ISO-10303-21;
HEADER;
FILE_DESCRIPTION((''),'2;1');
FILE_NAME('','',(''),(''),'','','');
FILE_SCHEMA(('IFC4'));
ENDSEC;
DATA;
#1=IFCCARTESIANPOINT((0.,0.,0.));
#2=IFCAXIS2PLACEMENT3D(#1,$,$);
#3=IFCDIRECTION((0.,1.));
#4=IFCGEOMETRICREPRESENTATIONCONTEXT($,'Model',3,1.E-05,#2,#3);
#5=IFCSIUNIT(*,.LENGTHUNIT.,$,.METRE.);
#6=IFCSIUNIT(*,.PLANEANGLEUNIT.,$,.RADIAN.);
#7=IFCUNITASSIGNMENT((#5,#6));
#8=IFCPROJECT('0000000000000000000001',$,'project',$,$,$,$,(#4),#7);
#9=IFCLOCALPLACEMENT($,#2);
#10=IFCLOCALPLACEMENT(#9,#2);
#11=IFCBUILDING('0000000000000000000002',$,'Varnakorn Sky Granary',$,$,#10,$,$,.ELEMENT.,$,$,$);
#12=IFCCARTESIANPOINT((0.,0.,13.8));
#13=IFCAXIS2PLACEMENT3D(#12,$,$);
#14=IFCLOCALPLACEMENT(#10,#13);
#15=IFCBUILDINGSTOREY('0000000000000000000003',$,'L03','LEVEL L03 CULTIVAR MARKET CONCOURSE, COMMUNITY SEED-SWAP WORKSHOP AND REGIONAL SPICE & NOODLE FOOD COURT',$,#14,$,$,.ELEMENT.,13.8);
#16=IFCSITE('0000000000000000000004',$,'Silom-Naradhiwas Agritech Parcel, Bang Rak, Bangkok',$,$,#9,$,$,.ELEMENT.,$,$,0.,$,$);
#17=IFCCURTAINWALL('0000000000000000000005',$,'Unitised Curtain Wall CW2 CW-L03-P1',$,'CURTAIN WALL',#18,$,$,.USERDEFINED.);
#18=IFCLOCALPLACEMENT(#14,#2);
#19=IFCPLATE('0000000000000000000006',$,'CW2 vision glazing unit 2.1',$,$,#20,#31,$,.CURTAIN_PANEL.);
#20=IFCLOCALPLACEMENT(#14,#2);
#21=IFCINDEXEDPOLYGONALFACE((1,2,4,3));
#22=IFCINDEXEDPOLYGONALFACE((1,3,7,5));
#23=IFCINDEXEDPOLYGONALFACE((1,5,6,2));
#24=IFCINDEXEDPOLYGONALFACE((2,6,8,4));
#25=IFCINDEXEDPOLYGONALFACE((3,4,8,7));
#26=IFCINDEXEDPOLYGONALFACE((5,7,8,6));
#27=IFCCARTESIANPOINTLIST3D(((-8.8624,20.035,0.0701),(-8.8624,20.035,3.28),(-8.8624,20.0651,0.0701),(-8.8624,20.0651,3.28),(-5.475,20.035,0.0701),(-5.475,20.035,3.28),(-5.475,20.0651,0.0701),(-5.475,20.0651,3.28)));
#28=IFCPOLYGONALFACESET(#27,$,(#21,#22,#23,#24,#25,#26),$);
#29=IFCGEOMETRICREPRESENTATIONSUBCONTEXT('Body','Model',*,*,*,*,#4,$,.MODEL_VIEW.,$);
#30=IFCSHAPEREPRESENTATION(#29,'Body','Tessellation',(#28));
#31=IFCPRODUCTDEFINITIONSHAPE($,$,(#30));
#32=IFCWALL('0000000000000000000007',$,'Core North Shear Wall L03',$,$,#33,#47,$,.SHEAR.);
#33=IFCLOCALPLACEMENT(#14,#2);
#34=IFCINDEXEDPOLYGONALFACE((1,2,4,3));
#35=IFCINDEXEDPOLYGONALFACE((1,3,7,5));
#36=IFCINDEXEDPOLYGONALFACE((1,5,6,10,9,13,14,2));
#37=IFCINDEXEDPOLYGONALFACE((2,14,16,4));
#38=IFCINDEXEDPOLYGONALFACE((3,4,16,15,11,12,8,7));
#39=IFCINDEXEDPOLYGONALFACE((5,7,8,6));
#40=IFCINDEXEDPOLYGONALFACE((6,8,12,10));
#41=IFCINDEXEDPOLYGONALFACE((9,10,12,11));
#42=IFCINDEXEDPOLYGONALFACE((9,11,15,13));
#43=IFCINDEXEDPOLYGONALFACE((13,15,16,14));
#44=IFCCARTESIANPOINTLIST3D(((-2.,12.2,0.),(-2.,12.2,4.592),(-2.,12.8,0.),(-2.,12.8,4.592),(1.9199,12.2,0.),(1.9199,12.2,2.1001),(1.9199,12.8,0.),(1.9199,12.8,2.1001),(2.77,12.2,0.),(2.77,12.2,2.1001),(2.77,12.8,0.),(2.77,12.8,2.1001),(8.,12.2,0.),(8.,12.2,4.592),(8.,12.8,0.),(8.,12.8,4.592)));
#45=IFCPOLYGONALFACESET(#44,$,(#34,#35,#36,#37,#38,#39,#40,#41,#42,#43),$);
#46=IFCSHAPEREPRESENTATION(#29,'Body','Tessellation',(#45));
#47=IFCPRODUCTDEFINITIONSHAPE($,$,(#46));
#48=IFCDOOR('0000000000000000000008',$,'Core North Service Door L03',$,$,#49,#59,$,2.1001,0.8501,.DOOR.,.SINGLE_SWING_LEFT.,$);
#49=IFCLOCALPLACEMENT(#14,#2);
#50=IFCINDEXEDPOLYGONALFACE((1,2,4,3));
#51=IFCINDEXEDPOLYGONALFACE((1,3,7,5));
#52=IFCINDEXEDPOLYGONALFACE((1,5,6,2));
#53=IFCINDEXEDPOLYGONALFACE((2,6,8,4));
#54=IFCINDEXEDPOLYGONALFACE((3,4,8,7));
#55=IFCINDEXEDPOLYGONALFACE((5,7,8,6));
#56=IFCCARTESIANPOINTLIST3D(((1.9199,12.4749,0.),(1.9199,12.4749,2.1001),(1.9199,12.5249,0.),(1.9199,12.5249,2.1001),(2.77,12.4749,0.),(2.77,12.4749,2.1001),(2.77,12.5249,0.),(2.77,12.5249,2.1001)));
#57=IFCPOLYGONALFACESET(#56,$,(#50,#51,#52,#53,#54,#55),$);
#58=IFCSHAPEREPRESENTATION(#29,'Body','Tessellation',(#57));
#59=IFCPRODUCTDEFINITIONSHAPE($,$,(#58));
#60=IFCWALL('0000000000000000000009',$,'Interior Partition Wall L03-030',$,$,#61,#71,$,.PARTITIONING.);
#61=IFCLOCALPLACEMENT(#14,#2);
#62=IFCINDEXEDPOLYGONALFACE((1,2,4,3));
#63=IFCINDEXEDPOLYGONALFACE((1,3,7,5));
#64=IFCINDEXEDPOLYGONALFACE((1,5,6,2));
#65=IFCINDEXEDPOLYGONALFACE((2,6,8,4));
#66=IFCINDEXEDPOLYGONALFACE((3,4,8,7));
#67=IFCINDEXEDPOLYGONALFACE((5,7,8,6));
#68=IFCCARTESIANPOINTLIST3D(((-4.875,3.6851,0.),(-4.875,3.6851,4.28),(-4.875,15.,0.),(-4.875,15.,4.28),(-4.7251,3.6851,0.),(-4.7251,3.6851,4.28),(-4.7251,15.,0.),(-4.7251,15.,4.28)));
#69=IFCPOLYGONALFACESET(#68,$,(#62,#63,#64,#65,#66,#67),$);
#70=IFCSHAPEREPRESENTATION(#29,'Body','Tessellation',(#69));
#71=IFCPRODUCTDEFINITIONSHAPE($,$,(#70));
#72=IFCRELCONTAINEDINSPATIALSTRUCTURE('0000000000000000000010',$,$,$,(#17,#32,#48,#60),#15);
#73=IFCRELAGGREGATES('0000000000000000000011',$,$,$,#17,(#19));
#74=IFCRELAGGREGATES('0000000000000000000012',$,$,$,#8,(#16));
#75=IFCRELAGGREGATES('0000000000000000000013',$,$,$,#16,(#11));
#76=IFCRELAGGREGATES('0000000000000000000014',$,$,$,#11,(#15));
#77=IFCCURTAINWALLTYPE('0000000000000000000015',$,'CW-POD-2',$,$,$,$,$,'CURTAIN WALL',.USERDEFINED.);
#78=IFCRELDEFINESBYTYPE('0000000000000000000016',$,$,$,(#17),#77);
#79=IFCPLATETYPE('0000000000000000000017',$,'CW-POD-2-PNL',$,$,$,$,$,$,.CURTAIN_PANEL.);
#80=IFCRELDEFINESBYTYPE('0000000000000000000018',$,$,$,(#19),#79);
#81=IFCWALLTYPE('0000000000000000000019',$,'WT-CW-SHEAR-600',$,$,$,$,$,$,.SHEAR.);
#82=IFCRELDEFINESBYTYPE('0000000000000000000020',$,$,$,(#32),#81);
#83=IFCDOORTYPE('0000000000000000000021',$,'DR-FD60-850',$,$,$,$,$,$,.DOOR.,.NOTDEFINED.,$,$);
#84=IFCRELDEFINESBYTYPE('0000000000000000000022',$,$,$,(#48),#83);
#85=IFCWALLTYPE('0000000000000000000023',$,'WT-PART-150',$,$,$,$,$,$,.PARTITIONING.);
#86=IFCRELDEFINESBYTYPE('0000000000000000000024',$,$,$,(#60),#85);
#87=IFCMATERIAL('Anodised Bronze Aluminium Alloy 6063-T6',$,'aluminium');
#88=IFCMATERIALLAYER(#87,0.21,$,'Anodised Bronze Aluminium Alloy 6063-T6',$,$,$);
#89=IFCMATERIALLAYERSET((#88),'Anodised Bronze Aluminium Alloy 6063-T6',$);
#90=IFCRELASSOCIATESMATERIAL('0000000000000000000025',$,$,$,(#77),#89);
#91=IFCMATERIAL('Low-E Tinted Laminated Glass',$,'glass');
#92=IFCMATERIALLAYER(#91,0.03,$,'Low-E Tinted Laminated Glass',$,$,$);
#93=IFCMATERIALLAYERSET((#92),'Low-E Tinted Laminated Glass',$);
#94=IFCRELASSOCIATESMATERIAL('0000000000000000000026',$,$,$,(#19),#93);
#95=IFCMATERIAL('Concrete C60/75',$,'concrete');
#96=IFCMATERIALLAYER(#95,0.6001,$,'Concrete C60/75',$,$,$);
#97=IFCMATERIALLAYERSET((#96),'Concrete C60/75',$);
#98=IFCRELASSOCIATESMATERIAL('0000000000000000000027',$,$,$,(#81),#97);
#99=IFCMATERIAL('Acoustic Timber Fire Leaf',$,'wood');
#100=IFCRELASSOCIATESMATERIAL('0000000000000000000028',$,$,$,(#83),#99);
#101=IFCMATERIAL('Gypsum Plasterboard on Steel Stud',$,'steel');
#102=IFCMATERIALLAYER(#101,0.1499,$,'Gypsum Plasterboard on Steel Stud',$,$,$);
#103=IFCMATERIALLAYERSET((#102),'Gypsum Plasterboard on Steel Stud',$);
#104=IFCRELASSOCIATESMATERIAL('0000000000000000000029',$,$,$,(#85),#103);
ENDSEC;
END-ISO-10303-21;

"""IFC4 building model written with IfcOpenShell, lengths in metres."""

from ifc_helpers import new_model, si_unit, direction, frame, frame_2d, origin, origin_2d, place, context, subcontext, project, spatial, rectangle, extrude, source, transform, mapped, material, layer, layer_set, type_object, type_shapes, element, fill, aggregate, save


model = new_model("IFC4")

# Units and contexts
model_context = context("Model", 3, precision=1e-05, world=origin(), true_north=direction((0.0, 1.0)))
body_context = subcontext(model_context, "Body", "Model", "MODEL_VIEW")
ifc_project = project(units=[si_unit("LENGTHUNIT", "METRE"), si_unit("PLANEANGLEUNIT", "RADIAN")], contexts=[model_context])

# Site, building, storey
site_placement = place(None, origin())
site = spatial("IfcSite", under=ifc_project, at=site_placement, Name="Silom-Naradhiwas Agritech Parcel, Bang Rak, Bangkok", CompositionType="ELEMENT", RefElevation=0.0)
building_placement = place(site_placement, origin())
building = spatial("IfcBuilding", under=site, at=building_placement, Name="Varnakorn Sky Granary", CompositionType="ELEMENT")
storey_placement = place(building_placement, frame((0.0, 0.0, 13.8)))
storey = spatial("IfcBuildingStorey", under=building, at=storey_placement, Name="L03", Description="LEVEL L03 CULTIVAR MARKET CONCOURSE, COMMUNITY SEED-SWAP WORKSHOP AND REGIONAL SPICE & NOODLE FOOD COURT", CompositionType="ELEMENT", Elevation=13.8)

# Shared definitions
ifc_material_1 = material(Name="Concrete C60/75", Category="concrete")

# Curtain wall, plate
ifc_material_2 = material(Name="Anodised Bronze Aluminium Alloy 6063-T6", Category="aluminium")
ifc_layer_1 = layer(ifc_material_2, 0.21, Name="Anodised Bronze Aluminium Alloy 6063-T6")
ifc_layer_set_1 = layer_set([ifc_layer_1], Name="Anodised Bronze Aluminium Alloy 6063-T6")
curtain_wall_type = type_object("IfcCurtainWallType", Name="CW-POD-2", ElementType="CURTAIN WALL", PredefinedType="USERDEFINED", material=ifc_layer_set_1)
curtain_wall_placement = place(storey_placement, origin())
curtain_wall = element("IfcCurtainWall", 1, at=curtain_wall_placement, inside=storey, type_object=curtain_wall_type, Name="Unitised Curtain Wall CW2 CW-L03-P1", ObjectType="CURTAIN WALL", PredefinedType="USERDEFINED")
ifc_material_3 = material(Name="Low-E Tinted Laminated Glass", Category="glass")
ifc_layer_2 = layer(ifc_material_3, 0.03, Name="Low-E Tinted Laminated Glass")
ifc_layer_set_2 = layer_set([ifc_layer_2], Name="Low-E Tinted Laminated Glass")
plate_type = type_object("IfcPlateType", Name="CW-POD-2-PNL", PredefinedType="CURTAIN_PANEL")
shared_shape = source(origin(), body_context, "Body", "SweptSolid", [
    extrude(rectangle(XDim=3.3875, YDim=0.03, at=origin_2d()), origin(), (0.0, 0.0, 1.0), 3.21),
])
type_shapes(plate_type, [shared_shape])
plate_1_placement = place(storey_placement, frame((-7.1687, 20.05, 0.0701), z_axis=(0.0, 0.0, 1.0), x_axis=(1.0, 0.0, 0.0)))
plate_1 = element("IfcPlate", 2, at=plate_1_placement, type_object=plate_type, material=ifc_layer_set_2, Name="CW2 vision glazing unit 2.1", PredefinedType="CURTAIN_PANEL", context=body_context, shape_type="MappedRepresentation", body=[
    mapped(shared_shape, transform((0.0, 0.0, 0.0), x_axis=(1.0, 0.0, 0.0), y_axis=(0.0, 1.0, 0.0), z_axis=(0.0, 0.0, 1.0), scale=1.0)),
])
aggregate(curtain_wall, [plate_1])

# Wall, opening, door
ifc_layer_3 = layer(ifc_material_1, 0.6001, Name="Concrete C60/75")
ifc_layer_set_3 = layer_set([ifc_layer_3], Name="Concrete C60/75")
wall_type_1 = type_object("IfcWallType", Name="WT-CW-SHEAR-600", PredefinedType="SHEAR", material=ifc_layer_set_3)
wall_1_placement = place(storey_placement, frame((-2.0, 12.5, 0.0), z_axis=(0.0, 0.0, 1.0), x_axis=(1.0, 0.0, 0.0)))
wall_1 = element("IfcWall", 3, at=wall_1_placement, inside=storey, type_object=wall_type_1, Name="Core North Shear Wall L03", PredefinedType="SHEAR", context=body_context, shape_type="SweptSolid", body=[
    extrude(rectangle(XDim=10.0, YDim=0.6001, at=frame_2d((5.0, 0.0))), origin(), (0.0, 0.0, 1.0), 4.592),
])
opening_placement = place(wall_1_placement, frame((3.9199, 0.0, 0.0)))
opening = element("IfcOpeningElement", 4, at=opening_placement, cuts=wall_1, PredefinedType="OPENING", context=body_context, shape_type="SweptSolid", body=[
    extrude(rectangle(XDim=0.8501, YDim=2.1001, at=frame_2d((0.425, 1.05))), frame((0.0, 0.3101, 0.0), z_axis=(0.0, -1.0, 0.0), x_axis=(1.0, 0.0, 0.0)), (0.0, 0.0, 1.0), 0.6201),
])
ifc_material_4 = material(Name="Acoustic Timber Fire Leaf", Category="wood")
door_type = type_object("IfcDoorType", Name="DR-FD60-850", OperationType="NOTDEFINED", PredefinedType="DOOR", material=ifc_material_4)
door_placement = place(opening_placement, origin())
door = element("IfcDoor", 5, at=door_placement, inside=storey, type_object=door_type, Name="Core North Service Door L03", OperationType="SINGLE_SWING_LEFT", OverallHeight=2.1001, OverallWidth=0.8501, PredefinedType="DOOR", context=body_context, shape_type="SweptSolid", body=[
    extrude(rectangle(XDim=0.8501, YDim=2.1001, at=frame_2d((0.425, 1.05))), frame((0.0, 0.0249, 0.0), z_axis=(0.0, -1.0, 0.0), x_axis=(1.0, 0.0, 0.0)), (0.0, 0.0, 1.0), 0.05),
])
fill(opening, door)

# Wall
ifc_material_5 = material(Name="Gypsum Plasterboard on Steel Stud", Category="steel")
ifc_layer_4 = layer(ifc_material_5, 0.1499, Name="Gypsum Plasterboard on Steel Stud")
ifc_layer_set_4 = layer_set([ifc_layer_4], Name="Gypsum Plasterboard on Steel Stud")
wall_type_2 = type_object("IfcWallType", Name="WT-PART-150", PredefinedType="PARTITIONING", material=ifc_layer_set_4)
wall_2_placement = place(storey_placement, frame((-4.8, 15.0, 0.0), z_axis=(0.0, 0.0, 1.0), x_axis=(0.0, -1.0, 0.0)))
element("IfcWall", 6, at=wall_2_placement, inside=storey, type_object=wall_type_2, Name="Interior Partition Wall L03-030", PredefinedType="PARTITIONING", context=body_context, shape_type="SweptSolid", body=[
    extrude(rectangle(XDim=11.3149, YDim=0.1499, at=frame_2d((5.6575, 0.0))), origin(), (0.0, 0.0, 1.0), 4.28),
])

save(model, "model.ifc")
